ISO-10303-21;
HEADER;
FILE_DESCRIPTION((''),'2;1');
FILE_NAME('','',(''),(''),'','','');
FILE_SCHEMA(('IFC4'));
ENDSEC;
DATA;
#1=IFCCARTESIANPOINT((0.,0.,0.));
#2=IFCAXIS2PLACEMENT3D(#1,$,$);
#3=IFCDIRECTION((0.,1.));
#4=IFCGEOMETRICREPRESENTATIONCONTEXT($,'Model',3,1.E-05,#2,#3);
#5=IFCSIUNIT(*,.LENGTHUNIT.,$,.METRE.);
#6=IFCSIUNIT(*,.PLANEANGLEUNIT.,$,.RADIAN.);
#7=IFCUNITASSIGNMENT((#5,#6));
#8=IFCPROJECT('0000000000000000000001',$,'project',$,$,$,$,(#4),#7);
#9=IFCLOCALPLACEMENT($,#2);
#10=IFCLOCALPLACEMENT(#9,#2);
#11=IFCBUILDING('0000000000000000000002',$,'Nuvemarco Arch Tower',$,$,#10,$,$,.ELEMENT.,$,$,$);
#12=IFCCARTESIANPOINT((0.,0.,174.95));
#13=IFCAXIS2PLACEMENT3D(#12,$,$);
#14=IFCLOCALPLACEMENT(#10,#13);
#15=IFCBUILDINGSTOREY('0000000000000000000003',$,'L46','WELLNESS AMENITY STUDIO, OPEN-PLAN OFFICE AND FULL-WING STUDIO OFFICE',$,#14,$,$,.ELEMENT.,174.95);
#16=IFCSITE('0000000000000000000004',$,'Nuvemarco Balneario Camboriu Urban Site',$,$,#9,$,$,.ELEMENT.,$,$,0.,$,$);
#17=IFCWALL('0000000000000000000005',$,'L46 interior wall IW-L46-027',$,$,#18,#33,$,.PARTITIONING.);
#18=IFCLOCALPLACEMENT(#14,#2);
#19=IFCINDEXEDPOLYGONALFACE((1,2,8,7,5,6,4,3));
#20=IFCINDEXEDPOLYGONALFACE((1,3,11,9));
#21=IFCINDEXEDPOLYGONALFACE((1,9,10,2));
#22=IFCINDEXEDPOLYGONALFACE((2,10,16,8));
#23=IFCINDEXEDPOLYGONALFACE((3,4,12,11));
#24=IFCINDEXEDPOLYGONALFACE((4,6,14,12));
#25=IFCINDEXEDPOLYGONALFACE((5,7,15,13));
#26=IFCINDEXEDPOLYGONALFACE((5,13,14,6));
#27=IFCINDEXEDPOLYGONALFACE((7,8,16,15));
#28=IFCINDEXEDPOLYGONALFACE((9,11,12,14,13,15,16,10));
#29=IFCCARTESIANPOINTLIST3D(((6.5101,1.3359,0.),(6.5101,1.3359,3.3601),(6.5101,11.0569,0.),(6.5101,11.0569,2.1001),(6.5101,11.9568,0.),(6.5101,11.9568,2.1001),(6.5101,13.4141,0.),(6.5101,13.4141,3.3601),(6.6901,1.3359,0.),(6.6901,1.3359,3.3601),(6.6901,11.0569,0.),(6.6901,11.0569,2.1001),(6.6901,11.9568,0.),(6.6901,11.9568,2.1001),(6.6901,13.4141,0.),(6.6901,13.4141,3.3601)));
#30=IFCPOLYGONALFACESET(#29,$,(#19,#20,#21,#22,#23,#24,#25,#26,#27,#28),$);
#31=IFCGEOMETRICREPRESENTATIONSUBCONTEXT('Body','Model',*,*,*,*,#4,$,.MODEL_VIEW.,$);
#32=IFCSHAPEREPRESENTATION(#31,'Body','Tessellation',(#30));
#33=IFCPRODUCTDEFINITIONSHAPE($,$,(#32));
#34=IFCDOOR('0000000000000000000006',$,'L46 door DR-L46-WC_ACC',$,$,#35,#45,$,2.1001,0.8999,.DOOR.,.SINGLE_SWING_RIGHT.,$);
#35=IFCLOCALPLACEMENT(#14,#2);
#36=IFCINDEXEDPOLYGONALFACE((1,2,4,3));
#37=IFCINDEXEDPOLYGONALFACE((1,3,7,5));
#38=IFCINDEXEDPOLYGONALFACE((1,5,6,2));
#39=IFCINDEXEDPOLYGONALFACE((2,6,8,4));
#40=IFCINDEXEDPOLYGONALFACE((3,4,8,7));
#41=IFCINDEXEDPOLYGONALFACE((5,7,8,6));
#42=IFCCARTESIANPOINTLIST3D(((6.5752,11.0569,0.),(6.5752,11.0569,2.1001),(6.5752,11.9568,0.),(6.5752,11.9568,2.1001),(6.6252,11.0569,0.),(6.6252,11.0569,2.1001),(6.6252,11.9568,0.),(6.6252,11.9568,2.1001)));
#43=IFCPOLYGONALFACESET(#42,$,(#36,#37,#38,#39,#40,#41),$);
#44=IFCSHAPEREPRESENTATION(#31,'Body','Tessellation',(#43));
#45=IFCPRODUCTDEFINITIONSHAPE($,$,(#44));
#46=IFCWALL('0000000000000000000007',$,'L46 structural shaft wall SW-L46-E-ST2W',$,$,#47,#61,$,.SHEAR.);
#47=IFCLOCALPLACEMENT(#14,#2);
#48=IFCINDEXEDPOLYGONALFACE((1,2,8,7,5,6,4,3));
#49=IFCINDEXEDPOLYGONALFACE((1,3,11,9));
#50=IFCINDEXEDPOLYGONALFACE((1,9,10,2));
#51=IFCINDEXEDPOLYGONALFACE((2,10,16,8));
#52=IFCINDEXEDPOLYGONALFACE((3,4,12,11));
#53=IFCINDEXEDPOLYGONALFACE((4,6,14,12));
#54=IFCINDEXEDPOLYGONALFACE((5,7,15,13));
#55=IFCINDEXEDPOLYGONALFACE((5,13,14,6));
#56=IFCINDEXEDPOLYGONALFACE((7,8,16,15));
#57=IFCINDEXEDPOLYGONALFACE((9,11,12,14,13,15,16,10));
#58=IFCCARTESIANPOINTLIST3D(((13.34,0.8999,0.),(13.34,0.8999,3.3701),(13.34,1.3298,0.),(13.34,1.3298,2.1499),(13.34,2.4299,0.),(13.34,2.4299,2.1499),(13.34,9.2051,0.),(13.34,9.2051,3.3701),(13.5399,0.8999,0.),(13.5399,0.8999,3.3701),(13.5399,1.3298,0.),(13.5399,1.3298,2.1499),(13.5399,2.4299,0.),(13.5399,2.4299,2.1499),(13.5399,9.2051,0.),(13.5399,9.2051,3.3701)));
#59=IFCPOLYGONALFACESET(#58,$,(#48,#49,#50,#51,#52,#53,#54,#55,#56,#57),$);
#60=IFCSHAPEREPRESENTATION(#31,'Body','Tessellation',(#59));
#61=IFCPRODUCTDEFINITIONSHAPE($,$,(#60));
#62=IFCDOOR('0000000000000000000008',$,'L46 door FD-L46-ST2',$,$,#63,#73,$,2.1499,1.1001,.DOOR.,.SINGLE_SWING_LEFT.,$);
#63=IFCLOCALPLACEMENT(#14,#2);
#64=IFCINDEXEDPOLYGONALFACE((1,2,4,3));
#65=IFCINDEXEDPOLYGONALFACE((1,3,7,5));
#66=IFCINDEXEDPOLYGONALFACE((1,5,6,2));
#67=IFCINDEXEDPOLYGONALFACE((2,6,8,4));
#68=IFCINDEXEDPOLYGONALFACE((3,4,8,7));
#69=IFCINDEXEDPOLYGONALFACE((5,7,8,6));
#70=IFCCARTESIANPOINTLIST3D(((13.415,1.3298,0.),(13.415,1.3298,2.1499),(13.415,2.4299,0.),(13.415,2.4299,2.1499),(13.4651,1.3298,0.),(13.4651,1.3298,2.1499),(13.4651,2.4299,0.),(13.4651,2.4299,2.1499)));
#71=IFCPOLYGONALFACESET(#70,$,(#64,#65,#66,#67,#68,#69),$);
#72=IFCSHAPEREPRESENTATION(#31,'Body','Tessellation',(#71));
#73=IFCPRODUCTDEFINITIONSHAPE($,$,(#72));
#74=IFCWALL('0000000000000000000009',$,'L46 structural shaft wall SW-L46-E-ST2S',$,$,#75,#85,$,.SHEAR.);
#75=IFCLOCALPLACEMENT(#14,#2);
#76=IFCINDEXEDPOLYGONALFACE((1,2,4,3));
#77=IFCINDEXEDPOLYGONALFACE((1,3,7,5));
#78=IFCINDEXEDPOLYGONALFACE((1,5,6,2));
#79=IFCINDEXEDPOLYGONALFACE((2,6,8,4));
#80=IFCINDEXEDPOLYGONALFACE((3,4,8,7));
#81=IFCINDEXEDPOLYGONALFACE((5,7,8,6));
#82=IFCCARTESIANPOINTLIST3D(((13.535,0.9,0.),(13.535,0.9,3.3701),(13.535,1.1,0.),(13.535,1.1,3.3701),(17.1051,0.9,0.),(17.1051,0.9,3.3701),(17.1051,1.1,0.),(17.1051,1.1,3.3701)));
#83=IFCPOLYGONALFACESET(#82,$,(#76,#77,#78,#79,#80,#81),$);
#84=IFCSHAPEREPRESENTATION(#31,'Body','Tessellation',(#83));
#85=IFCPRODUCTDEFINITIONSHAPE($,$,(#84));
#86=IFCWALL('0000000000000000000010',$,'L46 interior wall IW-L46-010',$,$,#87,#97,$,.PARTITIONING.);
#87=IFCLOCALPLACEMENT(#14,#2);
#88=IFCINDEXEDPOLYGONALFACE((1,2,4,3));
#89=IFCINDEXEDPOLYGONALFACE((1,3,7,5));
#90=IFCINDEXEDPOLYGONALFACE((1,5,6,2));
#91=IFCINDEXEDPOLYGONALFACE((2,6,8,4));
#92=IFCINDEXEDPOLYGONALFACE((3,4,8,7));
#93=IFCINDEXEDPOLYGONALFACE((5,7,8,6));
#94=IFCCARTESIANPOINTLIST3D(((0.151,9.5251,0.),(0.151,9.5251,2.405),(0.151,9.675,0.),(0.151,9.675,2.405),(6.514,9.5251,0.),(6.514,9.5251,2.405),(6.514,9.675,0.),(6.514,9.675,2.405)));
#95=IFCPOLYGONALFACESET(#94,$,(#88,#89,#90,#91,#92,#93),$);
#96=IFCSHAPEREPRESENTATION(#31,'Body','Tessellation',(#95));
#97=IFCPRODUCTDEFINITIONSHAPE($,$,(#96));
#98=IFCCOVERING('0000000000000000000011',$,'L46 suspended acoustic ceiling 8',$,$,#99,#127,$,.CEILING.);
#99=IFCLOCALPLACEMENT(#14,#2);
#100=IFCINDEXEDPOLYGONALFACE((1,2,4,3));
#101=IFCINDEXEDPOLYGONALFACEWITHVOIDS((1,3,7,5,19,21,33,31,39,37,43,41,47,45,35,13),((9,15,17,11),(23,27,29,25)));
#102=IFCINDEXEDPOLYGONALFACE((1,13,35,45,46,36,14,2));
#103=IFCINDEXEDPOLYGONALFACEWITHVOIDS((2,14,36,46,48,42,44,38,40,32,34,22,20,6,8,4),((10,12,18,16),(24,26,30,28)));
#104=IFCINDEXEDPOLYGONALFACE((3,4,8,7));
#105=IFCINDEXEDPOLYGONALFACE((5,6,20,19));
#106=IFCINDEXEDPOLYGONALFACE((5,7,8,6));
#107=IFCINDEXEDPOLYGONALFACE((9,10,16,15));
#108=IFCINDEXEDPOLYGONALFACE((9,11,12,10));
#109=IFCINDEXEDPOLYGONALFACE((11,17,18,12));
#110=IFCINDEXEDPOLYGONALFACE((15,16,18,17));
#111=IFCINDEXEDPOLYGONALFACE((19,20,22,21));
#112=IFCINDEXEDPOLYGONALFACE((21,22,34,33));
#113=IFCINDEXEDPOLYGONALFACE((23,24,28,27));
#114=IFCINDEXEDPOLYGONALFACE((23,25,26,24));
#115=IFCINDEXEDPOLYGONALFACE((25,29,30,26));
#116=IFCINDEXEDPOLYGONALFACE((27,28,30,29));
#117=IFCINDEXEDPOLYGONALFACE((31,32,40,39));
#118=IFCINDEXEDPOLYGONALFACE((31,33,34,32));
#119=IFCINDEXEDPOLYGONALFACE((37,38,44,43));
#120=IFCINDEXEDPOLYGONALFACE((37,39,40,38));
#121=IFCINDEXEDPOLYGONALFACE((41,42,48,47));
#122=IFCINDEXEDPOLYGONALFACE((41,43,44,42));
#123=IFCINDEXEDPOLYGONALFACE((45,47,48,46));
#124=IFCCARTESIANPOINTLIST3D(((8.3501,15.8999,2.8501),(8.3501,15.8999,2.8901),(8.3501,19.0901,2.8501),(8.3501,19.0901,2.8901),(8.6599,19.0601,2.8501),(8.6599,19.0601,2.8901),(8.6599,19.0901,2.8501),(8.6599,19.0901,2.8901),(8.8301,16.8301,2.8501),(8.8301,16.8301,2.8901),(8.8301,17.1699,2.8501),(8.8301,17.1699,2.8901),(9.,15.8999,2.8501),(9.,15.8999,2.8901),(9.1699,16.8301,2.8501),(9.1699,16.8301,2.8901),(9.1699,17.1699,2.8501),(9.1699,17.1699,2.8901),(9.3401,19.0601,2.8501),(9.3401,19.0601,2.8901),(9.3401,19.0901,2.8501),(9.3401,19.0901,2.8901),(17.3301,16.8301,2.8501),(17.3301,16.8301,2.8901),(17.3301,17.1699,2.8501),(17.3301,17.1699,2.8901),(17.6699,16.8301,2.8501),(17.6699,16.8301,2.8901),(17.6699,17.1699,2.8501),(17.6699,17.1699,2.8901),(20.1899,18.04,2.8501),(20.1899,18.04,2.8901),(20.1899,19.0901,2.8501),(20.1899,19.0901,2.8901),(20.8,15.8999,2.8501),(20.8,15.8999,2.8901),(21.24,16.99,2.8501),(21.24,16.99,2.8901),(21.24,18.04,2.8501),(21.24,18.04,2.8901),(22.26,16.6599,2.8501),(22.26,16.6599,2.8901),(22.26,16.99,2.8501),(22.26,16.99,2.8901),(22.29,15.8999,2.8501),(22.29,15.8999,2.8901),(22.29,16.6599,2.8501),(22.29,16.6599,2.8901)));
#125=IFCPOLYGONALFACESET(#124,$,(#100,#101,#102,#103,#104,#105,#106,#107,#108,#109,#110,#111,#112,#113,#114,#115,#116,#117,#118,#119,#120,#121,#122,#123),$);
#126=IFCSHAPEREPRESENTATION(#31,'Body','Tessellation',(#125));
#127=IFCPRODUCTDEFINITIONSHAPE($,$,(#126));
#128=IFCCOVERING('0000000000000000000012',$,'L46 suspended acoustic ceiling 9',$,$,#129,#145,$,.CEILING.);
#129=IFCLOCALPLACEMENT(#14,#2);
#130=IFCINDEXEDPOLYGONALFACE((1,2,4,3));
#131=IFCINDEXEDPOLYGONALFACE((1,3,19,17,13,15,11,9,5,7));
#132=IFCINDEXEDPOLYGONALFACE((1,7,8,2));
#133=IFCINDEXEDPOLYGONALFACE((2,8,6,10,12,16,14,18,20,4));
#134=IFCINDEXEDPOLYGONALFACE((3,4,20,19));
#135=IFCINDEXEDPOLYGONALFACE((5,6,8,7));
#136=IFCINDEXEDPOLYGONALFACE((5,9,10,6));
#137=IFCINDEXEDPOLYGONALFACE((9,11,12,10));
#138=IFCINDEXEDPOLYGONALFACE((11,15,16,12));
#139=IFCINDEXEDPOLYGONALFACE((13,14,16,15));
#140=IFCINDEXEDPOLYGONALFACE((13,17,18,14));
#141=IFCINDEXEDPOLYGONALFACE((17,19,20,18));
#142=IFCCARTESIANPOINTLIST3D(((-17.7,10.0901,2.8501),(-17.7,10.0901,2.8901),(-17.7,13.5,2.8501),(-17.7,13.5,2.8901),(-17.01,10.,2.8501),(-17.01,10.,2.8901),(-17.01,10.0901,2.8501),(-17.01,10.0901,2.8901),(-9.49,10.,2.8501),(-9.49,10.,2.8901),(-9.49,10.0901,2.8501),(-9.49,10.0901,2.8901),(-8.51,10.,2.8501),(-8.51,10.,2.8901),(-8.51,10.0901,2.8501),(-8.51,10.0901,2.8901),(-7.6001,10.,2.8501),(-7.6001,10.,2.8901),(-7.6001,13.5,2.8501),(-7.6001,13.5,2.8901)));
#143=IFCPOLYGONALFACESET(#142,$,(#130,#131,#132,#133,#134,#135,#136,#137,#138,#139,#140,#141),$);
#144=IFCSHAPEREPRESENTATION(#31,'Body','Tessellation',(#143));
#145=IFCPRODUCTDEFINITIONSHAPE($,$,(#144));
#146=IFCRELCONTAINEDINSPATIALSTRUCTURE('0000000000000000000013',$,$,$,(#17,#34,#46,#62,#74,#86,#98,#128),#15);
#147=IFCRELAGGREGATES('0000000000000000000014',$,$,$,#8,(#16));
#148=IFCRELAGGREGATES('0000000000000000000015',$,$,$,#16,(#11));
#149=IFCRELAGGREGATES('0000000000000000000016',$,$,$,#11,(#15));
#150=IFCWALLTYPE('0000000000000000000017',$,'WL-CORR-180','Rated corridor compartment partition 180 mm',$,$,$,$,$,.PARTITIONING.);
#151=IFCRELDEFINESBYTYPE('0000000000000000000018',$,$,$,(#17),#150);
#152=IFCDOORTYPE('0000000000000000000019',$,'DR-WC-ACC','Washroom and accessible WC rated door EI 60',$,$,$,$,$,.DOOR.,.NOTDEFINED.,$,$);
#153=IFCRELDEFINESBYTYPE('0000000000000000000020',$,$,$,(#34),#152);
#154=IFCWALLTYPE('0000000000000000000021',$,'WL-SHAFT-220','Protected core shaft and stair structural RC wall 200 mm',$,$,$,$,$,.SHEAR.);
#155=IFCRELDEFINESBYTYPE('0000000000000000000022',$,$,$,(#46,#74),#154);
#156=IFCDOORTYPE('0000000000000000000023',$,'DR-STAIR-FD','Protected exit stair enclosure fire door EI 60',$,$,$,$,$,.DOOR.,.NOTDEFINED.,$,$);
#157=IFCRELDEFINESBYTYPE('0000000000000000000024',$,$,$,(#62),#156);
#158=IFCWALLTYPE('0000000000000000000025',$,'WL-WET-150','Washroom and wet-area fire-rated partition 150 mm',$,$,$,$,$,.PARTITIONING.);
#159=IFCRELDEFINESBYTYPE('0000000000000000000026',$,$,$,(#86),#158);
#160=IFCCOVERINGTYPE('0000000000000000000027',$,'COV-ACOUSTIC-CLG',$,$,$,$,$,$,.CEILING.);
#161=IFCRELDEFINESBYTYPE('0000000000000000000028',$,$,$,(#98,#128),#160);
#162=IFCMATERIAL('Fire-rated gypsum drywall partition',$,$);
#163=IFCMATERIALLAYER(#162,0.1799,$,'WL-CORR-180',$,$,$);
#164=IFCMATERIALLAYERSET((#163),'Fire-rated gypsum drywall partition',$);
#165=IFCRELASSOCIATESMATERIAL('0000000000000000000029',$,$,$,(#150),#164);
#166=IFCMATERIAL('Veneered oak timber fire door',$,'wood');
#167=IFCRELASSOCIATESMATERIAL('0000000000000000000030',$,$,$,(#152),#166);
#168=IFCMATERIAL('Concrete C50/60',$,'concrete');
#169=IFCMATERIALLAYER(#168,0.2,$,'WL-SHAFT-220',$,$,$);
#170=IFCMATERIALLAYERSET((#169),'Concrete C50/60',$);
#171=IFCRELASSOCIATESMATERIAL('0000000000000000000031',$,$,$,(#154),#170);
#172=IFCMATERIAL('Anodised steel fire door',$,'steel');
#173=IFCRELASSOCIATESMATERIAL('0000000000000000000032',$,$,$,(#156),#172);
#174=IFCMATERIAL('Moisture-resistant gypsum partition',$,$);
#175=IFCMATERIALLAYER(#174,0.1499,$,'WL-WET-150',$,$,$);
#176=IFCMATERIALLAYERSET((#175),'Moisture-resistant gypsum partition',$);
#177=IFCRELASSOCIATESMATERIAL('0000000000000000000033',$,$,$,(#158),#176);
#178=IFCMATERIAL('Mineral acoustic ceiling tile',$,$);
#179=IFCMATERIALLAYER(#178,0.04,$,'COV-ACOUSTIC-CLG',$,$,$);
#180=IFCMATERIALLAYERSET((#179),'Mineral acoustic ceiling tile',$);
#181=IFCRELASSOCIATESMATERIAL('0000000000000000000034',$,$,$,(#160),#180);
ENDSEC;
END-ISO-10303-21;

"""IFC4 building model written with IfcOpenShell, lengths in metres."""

from ifc_helpers import new_model, si_unit, direction, frame, frame_2d, origin, place, context, subcontext, project, spatial, polyline, rectangle, outline, extrude, source, transform, mapped, material, layer, layer_set, type_object, type_shapes, element, fill, save


model = new_model("IFC4")

# Units and contexts
model_context = context("Model", 3, precision=1e-05, world=origin(), true_north=direction((0.0, 1.0)))
body_context = subcontext(model_context, "Body", "Model", "MODEL_VIEW")
ifc_project = project(units=[si_unit("LENGTHUNIT", "METRE"), si_unit("PLANEANGLEUNIT", "RADIAN")], contexts=[model_context])

# Site, building, storey
site_placement = place(None, origin())
site = spatial("IfcSite", under=ifc_project, at=site_placement, Name="Nuvemarco Balneario Camboriu Urban Site", CompositionType="ELEMENT", RefElevation=0.0)
building_placement = place(site_placement, origin())
building = spatial("IfcBuilding", under=site, at=building_placement, Name="Nuvemarco Arch Tower", CompositionType="ELEMENT")
storey_placement = place(building_placement, frame((0.0, 0.0, 174.95)))
storey = spatial("IfcBuildingStorey", under=building, at=storey_placement, Name="L46", Description="WELLNESS AMENITY STUDIO, OPEN-PLAN OFFICE AND FULL-WING STUDIO OFFICE", CompositionType="ELEMENT", Elevation=174.95)

# Shared definitions
ifc_material_1 = material(Name="Concrete C50/60", Category="concrete")

# Shared definitions
ifc_material_2 = material(Name="Fire-rated gypsum drywall partition")
ifc_layer_1 = layer(ifc_material_2, 0.1799, Name="WL-CORR-180")
ifc_layer_set_1 = layer_set([ifc_layer_1], Name="Fire-rated gypsum drywall partition")
wall_type_1 = type_object("IfcWallType", Name="WL-CORR-180", Description="Rated corridor compartment partition 180 mm", PredefinedType="PARTITIONING", material=ifc_layer_set_1)
ifc_material_3 = material(Name="Anodised steel fire door", Category="steel")

# Walls, openings, doors
wall_1_placement = place(storey_placement, frame((6.6001, 1.3359, 0.0), z_axis=(0.0, 0.0, 1.0), x_axis=(0.0, 1.0, 0.0)))
wall_1 = element("IfcWall", 1, at=wall_1_placement, inside=storey, type_object=wall_type_1, Name="L46 interior wall IW-L46-027", PredefinedType="PARTITIONING", context=body_context, shape_type="SweptSolid", body=[
    extrude(rectangle(XDim=12.0781, YDim=0.1799, at=frame_2d((6.0391, 0.0))), origin(), (0.0, 0.0, 1.0), 3.3601),
])
opening_1_placement = place(wall_1_placement, frame((9.7209, 0.0, 0.0)))
opening_1 = element("IfcOpeningElement", 2, at=opening_1_placement, cuts=wall_1, PredefinedType="OPENING", context=body_context, shape_type="SweptSolid", body=[
    extrude(rectangle(XDim=0.8999, YDim=2.1001, at=frame_2d((0.45, 1.05))), frame((0.0, 0.0999, 0.0), z_axis=(0.0, -1.0, 0.0), x_axis=(1.0, 0.0, 0.0)), (0.0, 0.0, 1.0), 0.2),
])
ifc_material_4 = material(Name="Veneered oak timber fire door", Category="wood")
door_type_1 = type_object("IfcDoorType", Name="DR-WC-ACC", Description="Washroom and accessible WC rated door EI 60", OperationType="NOTDEFINED", PredefinedType="DOOR", material=ifc_material_4)
shared_shape_1 = source(origin(), body_context, "Body", "SweptSolid", [
    extrude(rectangle(XDim=0.8999, YDim=2.1001, at=frame_2d((0.45, 1.05))), frame((0.0, 0.0249, 0.0), z_axis=(0.0, -1.0, 0.0), x_axis=(1.0, 0.0, 0.0)), (0.0, 0.0, 1.0), 0.05),
])
type_shapes(door_type_1, [shared_shape_1])
door_1_placement = place(opening_1_placement, origin())
door_1 = element("IfcDoor", 3, at=door_1_placement, inside=storey, type_object=door_type_1, Name="L46 door DR-L46-WC_ACC", OperationType="SINGLE_SWING_RIGHT", OverallHeight=2.1001, OverallWidth=0.8999, PredefinedType="DOOR", context=body_context, shape_type="MappedRepresentation", body=[
    mapped(shared_shape_1, transform((0.0, 0.0, 0.0), scale=1.0)),
])
fill(opening_1, door_1)
ifc_layer_2 = layer(ifc_material_1, 0.2, Name="WL-SHAFT-220")
ifc_layer_set_2 = layer_set([ifc_layer_2], Name="Concrete C50/60")
wall_type_2 = type_object("IfcWallType", Name="WL-SHAFT-220", Description="Protected core shaft and stair structural RC wall 200 mm", PredefinedType="SHEAR", material=ifc_layer_set_2)
wall_2_placement = place(storey_placement, frame((13.4399, 0.8999, 0.0), z_axis=(0.0, 0.0, 1.0), x_axis=(0.0, 1.0, 0.0)))
wall_2 = element("IfcWall", 4, at=wall_2_placement, inside=storey, type_object=wall_type_2, Name="L46 structural shaft wall SW-L46-E-ST2W", PredefinedType="SHEAR", context=body_context, shape_type="SweptSolid", body=[
    extrude(rectangle(XDim=8.3052, YDim=0.2, at=frame_2d((4.1526, 0.0))), origin(), (0.0, 0.0, 1.0), 3.3701),
])
opening_2_placement = place(wall_2_placement, frame((0.4299, 0.0, 0.0)))
opening_2 = element("IfcOpeningElement", 5, at=opening_2_placement, cuts=wall_2, PredefinedType="OPENING", context=body_context, shape_type="SweptSolid", body=[
    extrude(rectangle(XDim=1.1001, YDim=2.1499, at=frame_2d((0.55, 1.075))), frame((0.0, 0.1099, 0.0), z_axis=(0.0, -1.0, 0.0), x_axis=(1.0, 0.0, 0.0)), (0.0, 0.0, 1.0), 0.22),
])
door_type_2 = type_object("IfcDoorType", Name="DR-STAIR-FD", Description="Protected exit stair enclosure fire door EI 60", OperationType="NOTDEFINED", PredefinedType="DOOR", material=ifc_material_3)
shared_shape_2 = source(origin(), body_context, "Body", "SweptSolid", [
    extrude(rectangle(XDim=1.1001, YDim=2.1499, at=frame_2d((0.55, 1.075))), frame((0.0, 0.0249, 0.0), z_axis=(0.0, -1.0, 0.0), x_axis=(1.0, 0.0, 0.0)), (0.0, 0.0, 1.0), 0.05),
])
type_shapes(door_type_2, [shared_shape_2])
door_2_placement = place(opening_2_placement, origin())
door_2 = element("IfcDoor", 6, at=door_2_placement, inside=storey, type_object=door_type_2, Name="L46 door FD-L46-ST2", OperationType="SINGLE_SWING_LEFT", OverallHeight=2.1499, OverallWidth=1.1001, PredefinedType="DOOR", context=body_context, shape_type="MappedRepresentation", body=[
    mapped(shared_shape_2, transform((0.0, 0.0, 0.0), scale=1.0)),
])
fill(opening_2, door_2)

# Walls
wall_3_placement = place(storey_placement, frame((13.5349, 1.0, 0.0), z_axis=(0.0, 0.0, 1.0), x_axis=(1.0, 0.0, 0.0)))
element("IfcWall", 7, at=wall_3_placement, inside=storey, type_object=wall_type_2, Name="L46 structural shaft wall SW-L46-E-ST2S", PredefinedType="SHEAR", context=body_context, shape_type="SweptSolid", body=[
    extrude(rectangle(XDim=3.5701, YDim=0.2, at=frame_2d((1.7852, 0.0))), origin(), (0.0, 0.0, 1.0), 3.3701),
])
ifc_material_5 = material(Name="Moisture-resistant gypsum partition")
ifc_layer_3 = layer(ifc_material_5, 0.1499, Name="WL-WET-150")
ifc_layer_set_3 = layer_set([ifc_layer_3], Name="Moisture-resistant gypsum partition")
wall_type_3 = type_object("IfcWallType", Name="WL-WET-150", Description="Washroom and wet-area fire-rated partition 150 mm", PredefinedType="PARTITIONING", material=ifc_layer_set_3)
wall_4_placement = place(storey_placement, frame((0.1509, 9.6001, 0.0), z_axis=(0.0, 0.0, 1.0), x_axis=(1.0, 0.0, 0.0)))
element("IfcWall", 8, at=wall_4_placement, inside=storey, type_object=wall_type_3, Name="L46 interior wall IW-L46-010", PredefinedType="PARTITIONING", context=body_context, shape_type="SweptSolid", body=[
    extrude(rectangle(XDim=6.363, YDim=0.1499, at=frame_2d((3.1816, 0.0))), origin(), (0.0, 0.0, 1.0), 2.405),
])

# Coverings
ifc_material_6 = material(Name="Mineral acoustic ceiling tile")
ifc_layer_4 = layer(ifc_material_6, 0.04, Name="COV-ACOUSTIC-CLG")
ifc_layer_set_4 = layer_set([ifc_layer_4], Name="Mineral acoustic ceiling tile")
covering_type_1 = type_object("IfcCoveringType", Name="COV-ACOUSTIC-CLG", PredefinedType="CEILING", material=ifc_layer_set_4)
covering_1_placement = place(storey_placement, frame((0.0, 0.0, 2.8501)))
element("IfcCovering", 9, at=covering_1_placement, inside=storey, type_object=covering_type_1, Name="L46 suspended acoustic ceiling 8", PredefinedType="CEILING", context=body_context, shape_type="SweptSolid", body=[
    extrude(outline(polyline([(22.26, 16.99), (22.26, 16.6599), (22.29, 16.6599), (22.29, 15.8999), (20.8, 15.8999), (9.0, 15.8999), (8.3501, 15.8999), (8.3501, 19.0901), (8.6599, 19.0901), (8.6599, 19.0601), (9.3401, 19.0601), (9.3401, 19.0901), (20.1899, 19.0901), (20.1899, 18.04), (21.24, 18.04), (21.24, 16.99), (22.26, 16.99)]), holes=[polyline([(9.1699, 17.1699), (8.8301, 17.1699), (8.8301, 16.8301), (9.1699, 16.8301), (9.1699, 17.1699)]), polyline([(17.6699, 16.8301), (17.6699, 17.1699), (17.3301, 17.1699), (17.3301, 16.8301), (17.6699, 16.8301)])]), origin(), (0.0, 0.0, 1.0), 0.04),
])
covering_2_placement = place(storey_placement, frame((0.0, 0.0, 2.8501)))
element("IfcCovering", 10, at=covering_2_placement, inside=storey, type_object=covering_type_1, Name="L46 suspended acoustic ceiling 9", PredefinedType="CEILING", context=body_context, shape_type="SweptSolid", body=[
    extrude(outline(polyline([(-7.6001, 13.5), (-7.6001, 10.0), (-8.51, 10.0), (-8.51, 10.0901), (-9.49, 10.0901), (-9.49, 10.0), (-17.01, 10.0), (-17.01, 10.0901), (-17.7, 10.0901), (-17.7, 13.5), (-7.6001, 13.5)])), origin(), (0.0, 0.0, 1.0), 0.04),
])

save(model, "model.ifc")
